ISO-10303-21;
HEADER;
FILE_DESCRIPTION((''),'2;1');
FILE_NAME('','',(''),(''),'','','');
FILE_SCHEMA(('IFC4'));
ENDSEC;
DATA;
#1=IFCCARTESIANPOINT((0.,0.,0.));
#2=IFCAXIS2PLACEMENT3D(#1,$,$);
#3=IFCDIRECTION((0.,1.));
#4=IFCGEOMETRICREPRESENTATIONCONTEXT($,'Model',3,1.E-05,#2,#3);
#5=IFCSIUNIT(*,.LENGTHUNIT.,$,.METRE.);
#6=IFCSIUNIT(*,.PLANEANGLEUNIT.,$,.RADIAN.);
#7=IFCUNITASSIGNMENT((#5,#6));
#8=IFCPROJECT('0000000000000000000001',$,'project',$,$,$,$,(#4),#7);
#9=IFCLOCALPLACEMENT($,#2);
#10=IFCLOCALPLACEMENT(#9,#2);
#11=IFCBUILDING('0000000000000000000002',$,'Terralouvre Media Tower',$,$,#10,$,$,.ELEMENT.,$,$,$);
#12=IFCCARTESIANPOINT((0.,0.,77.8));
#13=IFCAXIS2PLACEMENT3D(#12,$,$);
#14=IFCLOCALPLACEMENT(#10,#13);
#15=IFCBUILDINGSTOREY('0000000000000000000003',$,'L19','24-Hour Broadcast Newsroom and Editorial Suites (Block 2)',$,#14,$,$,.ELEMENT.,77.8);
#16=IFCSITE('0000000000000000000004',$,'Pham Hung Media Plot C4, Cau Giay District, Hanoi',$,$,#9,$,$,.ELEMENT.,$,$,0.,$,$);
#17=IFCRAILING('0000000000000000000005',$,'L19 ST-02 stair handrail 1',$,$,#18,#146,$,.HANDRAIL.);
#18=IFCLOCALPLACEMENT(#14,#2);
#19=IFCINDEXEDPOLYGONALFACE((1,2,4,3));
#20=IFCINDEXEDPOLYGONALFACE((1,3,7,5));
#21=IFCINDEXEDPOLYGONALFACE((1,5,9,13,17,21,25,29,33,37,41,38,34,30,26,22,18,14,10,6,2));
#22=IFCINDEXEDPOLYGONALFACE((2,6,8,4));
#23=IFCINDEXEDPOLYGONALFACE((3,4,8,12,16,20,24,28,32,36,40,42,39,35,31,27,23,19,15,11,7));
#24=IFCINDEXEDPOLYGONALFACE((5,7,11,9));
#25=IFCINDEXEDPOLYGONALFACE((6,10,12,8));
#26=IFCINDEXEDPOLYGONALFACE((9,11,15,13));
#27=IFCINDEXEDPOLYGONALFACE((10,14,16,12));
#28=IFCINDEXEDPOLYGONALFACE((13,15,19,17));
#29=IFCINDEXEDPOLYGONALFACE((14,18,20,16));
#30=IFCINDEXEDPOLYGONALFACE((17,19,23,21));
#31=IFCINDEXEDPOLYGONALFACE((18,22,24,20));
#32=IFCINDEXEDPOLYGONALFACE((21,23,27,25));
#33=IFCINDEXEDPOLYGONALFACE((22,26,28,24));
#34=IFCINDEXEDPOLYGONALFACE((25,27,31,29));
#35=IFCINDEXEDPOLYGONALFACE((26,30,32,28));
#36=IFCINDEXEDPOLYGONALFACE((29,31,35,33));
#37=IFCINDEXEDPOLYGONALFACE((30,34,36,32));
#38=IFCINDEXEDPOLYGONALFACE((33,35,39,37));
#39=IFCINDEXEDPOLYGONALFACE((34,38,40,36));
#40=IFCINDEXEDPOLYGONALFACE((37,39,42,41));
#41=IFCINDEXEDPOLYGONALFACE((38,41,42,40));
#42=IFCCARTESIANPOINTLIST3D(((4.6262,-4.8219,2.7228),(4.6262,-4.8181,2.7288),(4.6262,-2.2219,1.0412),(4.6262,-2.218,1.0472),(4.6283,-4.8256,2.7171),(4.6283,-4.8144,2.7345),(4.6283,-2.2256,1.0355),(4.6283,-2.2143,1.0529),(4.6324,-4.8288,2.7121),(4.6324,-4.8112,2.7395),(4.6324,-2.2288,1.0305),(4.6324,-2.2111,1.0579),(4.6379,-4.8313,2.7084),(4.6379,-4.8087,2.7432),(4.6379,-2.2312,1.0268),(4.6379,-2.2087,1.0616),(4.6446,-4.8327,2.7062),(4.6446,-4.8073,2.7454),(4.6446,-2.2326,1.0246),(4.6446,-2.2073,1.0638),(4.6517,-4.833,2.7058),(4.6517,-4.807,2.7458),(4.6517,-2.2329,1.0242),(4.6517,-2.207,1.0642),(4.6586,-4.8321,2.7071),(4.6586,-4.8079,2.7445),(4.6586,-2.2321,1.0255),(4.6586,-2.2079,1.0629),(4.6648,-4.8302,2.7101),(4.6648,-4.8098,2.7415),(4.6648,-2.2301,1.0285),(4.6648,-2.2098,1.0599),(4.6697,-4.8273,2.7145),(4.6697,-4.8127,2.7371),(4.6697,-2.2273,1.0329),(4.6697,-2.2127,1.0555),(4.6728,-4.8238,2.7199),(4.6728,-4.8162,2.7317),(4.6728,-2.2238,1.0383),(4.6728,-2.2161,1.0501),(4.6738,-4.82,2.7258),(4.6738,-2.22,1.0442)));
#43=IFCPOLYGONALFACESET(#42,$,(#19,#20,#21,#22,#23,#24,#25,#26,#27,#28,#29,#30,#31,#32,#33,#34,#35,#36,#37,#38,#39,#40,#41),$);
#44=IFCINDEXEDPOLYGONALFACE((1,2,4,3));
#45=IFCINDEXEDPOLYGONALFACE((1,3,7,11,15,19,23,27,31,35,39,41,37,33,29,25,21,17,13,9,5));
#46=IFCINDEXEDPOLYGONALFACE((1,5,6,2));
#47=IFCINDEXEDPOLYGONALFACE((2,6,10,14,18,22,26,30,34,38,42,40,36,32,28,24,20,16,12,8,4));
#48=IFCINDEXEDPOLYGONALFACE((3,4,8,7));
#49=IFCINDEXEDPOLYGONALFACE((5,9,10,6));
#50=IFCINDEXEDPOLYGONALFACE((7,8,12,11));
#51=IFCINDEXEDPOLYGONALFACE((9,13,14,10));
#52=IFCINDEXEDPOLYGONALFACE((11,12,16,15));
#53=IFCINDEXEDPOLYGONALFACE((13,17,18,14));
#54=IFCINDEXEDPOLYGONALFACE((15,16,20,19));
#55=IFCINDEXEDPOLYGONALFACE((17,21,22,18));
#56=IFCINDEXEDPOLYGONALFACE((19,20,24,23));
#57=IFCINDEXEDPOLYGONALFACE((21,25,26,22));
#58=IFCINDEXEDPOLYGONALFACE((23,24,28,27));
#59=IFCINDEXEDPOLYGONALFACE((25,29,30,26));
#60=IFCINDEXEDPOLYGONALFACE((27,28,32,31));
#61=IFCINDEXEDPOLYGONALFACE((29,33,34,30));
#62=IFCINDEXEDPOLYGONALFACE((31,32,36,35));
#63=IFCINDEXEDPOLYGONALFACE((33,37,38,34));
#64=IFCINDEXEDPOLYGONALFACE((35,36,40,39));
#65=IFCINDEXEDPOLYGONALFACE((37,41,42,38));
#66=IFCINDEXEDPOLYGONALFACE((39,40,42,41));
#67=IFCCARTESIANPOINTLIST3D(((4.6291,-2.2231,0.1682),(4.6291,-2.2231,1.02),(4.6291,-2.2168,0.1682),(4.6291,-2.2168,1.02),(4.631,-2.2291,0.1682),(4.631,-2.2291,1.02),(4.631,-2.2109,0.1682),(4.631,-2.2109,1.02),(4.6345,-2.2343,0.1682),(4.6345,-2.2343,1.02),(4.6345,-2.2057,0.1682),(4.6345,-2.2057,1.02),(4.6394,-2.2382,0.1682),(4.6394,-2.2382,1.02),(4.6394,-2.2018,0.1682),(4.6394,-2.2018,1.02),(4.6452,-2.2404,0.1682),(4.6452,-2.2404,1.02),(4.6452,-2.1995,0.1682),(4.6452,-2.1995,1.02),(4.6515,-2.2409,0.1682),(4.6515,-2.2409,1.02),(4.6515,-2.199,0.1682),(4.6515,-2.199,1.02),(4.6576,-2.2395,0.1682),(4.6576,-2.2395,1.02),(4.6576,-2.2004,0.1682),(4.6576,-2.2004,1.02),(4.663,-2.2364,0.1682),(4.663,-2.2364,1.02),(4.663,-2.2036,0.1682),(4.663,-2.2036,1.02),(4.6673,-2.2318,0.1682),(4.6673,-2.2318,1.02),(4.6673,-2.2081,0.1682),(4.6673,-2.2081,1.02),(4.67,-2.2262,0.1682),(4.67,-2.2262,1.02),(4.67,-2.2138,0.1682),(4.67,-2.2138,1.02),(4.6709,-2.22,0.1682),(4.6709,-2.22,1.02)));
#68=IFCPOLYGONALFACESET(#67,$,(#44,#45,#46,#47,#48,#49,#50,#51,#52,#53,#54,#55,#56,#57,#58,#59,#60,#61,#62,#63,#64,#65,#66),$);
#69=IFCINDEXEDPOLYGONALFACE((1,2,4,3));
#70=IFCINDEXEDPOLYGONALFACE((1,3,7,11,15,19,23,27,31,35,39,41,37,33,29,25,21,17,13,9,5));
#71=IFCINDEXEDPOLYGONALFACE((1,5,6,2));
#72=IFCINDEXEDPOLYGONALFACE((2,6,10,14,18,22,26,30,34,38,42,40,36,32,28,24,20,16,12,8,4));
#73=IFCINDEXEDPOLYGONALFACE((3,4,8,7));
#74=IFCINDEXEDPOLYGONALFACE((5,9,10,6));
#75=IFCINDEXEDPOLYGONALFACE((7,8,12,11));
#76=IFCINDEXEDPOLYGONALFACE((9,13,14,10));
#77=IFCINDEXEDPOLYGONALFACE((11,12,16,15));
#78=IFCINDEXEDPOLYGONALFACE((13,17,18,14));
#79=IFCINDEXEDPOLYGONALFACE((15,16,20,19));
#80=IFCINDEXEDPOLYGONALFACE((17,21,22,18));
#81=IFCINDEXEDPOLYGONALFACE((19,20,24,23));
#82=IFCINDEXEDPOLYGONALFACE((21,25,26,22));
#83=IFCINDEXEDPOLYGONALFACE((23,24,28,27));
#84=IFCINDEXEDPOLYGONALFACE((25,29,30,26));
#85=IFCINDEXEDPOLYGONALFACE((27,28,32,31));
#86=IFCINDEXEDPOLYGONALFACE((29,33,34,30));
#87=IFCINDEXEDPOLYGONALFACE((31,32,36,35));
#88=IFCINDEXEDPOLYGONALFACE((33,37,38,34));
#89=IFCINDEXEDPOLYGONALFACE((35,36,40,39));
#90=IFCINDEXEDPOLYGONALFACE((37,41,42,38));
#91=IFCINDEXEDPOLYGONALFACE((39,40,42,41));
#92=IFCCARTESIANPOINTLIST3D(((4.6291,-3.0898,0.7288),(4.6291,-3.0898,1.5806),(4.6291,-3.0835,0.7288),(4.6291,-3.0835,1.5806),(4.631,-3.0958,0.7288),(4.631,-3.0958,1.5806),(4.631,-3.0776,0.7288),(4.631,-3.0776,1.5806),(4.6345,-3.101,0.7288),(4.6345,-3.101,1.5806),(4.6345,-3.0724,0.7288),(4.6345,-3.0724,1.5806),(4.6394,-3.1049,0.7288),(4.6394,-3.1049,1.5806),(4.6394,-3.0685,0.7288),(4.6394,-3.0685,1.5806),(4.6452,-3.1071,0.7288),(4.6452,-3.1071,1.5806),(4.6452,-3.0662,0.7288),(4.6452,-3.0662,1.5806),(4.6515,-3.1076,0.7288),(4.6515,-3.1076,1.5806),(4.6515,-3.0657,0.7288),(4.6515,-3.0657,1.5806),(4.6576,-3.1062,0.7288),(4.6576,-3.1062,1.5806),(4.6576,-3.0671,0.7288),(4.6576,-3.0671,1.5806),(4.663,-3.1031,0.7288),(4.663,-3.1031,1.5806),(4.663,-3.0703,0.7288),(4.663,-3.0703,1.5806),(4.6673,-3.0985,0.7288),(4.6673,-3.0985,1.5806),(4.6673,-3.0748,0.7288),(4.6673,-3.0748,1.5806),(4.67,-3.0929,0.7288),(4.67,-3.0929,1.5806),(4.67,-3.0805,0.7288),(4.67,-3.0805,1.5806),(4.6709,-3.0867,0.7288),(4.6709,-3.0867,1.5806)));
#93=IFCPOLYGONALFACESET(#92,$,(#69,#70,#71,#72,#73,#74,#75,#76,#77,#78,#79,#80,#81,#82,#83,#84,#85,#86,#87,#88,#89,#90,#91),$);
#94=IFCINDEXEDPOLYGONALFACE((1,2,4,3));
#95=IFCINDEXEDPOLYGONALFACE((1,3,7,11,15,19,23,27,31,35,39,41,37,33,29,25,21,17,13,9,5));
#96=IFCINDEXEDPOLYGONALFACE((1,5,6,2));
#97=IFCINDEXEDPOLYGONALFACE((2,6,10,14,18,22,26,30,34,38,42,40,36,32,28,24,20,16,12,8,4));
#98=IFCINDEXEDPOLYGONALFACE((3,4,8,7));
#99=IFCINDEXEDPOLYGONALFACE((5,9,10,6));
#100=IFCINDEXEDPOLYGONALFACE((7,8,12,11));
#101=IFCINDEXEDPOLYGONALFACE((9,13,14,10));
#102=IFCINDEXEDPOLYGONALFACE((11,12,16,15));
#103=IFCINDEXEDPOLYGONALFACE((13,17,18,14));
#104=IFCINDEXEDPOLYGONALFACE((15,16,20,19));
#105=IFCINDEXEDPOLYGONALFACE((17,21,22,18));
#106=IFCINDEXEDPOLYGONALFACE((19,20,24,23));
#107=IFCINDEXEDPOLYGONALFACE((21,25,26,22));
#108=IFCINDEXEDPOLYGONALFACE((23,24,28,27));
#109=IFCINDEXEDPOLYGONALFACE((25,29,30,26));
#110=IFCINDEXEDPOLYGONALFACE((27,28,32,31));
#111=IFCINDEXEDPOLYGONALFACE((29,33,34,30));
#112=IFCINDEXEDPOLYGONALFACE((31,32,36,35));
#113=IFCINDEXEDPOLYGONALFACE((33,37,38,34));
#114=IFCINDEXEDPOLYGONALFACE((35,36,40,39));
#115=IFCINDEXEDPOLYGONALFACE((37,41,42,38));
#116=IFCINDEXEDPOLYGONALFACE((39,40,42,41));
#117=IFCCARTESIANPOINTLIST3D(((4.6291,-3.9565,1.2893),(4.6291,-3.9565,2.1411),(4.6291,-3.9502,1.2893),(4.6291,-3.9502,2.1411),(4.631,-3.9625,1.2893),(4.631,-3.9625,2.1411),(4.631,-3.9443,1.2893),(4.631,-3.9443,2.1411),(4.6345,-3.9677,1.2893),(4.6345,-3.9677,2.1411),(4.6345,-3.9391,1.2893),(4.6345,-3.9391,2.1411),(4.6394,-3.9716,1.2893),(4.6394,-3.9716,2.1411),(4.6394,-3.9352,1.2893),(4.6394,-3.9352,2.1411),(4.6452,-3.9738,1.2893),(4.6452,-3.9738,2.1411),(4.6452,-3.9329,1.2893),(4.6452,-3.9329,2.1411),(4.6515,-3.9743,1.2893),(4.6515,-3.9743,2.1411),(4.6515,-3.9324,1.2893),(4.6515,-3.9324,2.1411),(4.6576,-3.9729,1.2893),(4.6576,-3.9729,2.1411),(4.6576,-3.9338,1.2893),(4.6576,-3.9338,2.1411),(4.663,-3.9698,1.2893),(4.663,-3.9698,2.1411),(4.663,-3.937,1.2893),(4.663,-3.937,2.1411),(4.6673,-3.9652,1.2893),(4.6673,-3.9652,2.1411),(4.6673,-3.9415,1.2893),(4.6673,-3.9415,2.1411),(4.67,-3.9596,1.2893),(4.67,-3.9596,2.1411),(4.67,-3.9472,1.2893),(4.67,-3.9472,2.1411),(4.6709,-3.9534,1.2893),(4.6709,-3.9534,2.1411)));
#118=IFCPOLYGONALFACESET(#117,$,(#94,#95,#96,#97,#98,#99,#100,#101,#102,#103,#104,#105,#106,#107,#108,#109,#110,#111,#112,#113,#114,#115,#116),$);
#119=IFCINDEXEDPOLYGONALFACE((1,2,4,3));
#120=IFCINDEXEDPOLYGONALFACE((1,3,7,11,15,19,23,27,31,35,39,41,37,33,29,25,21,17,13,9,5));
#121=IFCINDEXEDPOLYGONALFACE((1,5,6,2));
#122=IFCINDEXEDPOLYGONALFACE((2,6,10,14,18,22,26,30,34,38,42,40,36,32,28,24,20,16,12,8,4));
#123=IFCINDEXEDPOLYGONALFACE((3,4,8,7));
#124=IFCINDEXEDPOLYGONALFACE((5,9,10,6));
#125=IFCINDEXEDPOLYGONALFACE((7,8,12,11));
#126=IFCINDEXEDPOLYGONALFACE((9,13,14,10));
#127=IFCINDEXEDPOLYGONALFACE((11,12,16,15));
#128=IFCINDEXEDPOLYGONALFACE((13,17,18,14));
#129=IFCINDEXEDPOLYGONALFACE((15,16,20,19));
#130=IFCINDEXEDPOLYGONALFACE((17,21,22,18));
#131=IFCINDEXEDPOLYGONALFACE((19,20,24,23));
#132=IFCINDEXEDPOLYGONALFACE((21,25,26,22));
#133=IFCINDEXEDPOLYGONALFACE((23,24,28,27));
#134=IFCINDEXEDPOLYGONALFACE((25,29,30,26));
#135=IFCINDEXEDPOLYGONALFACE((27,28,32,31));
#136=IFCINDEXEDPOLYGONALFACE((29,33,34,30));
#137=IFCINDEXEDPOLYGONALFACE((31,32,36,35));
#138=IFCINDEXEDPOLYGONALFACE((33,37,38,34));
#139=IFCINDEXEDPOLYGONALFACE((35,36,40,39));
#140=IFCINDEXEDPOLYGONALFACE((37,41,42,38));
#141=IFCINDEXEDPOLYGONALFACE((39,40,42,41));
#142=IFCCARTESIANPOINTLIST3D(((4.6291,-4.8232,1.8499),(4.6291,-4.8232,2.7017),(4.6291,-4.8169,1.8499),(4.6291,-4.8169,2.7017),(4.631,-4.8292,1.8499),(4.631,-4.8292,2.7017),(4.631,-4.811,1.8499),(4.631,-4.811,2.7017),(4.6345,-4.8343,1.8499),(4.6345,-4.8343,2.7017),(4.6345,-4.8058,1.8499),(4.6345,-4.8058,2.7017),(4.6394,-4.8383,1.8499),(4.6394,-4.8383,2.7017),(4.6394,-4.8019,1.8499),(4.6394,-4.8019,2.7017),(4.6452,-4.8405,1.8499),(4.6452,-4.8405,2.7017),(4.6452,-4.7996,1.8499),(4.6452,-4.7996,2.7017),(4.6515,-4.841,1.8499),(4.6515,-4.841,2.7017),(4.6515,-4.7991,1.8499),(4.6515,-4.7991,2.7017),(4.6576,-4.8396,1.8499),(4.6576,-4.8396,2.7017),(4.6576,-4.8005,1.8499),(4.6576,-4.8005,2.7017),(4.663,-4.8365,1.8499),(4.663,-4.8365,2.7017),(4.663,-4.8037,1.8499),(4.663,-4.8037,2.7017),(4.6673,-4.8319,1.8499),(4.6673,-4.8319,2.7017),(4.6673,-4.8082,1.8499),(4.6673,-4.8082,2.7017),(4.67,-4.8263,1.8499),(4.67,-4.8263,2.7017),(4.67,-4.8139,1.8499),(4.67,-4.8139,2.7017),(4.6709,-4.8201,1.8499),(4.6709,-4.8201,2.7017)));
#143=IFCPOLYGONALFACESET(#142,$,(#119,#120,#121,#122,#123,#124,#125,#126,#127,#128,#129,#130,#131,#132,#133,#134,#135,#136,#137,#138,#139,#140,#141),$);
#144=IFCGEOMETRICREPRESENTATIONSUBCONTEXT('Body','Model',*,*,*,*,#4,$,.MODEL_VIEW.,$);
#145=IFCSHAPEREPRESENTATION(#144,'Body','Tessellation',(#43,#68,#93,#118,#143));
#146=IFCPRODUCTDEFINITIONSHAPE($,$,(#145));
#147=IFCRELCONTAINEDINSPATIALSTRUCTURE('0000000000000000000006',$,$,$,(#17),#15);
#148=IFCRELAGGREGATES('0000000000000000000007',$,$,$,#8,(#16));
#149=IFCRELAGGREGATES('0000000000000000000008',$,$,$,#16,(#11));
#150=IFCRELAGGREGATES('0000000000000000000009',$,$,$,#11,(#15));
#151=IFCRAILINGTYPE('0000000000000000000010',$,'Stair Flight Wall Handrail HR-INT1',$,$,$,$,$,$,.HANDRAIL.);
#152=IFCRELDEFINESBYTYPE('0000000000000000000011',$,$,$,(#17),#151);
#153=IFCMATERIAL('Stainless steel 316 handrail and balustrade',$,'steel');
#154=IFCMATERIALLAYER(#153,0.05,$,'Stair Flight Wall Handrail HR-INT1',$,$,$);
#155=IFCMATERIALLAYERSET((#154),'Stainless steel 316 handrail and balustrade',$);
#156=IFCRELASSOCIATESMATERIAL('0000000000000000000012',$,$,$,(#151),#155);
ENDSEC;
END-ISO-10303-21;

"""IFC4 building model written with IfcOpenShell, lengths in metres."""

from ifc_helpers import new_model, si_unit, direction, frame, origin, origin_2d, place, context, subcontext, project, spatial, circle, extrude, material, layer, layer_set, type_object, element, save


model = new_model("IFC4")

# Units and contexts
model_context = context("Model", 3, precision=1e-05, world=origin(), true_north=direction((0.0, 1.0)))
body_context = subcontext(model_context, "Body", "Model", "MODEL_VIEW")
ifc_project = project(units=[si_unit("LENGTHUNIT", "METRE"), si_unit("PLANEANGLEUNIT", "RADIAN")], contexts=[model_context])

# Site, building, storey
site_placement = place(None, origin())
site = spatial("IfcSite", under=ifc_project, at=site_placement, Name="Pham Hung Media Plot C4, Cau Giay District, Hanoi", CompositionType="ELEMENT", RefElevation=0.0)
building_placement = place(site_placement, origin())
building = spatial("IfcBuilding", under=site, at=building_placement, Name="Terralouvre Media Tower", CompositionType="ELEMENT")
storey_placement = place(building_placement, frame((0.0, 0.0, 77.8)))
storey = spatial("IfcBuildingStorey", under=building, at=storey_placement, Name="L19", Description="24-Hour Broadcast Newsroom and Editorial Suites (Block 2)", CompositionType="ELEMENT", Elevation=77.8)

# Railing
ifc_material_1 = material(Name="Stainless steel 316 handrail and balustrade", Category="steel")
ifc_layer_1 = layer(ifc_material_1, 0.05, Name="Stair Flight Wall Handrail HR-INT1")
ifc_layer_set_1 = layer_set([ifc_layer_1], Name="Stainless steel 316 handrail and balustrade")
railing_type_1 = type_object("IfcRailingType", Name="Stair Flight Wall Handrail HR-INT1", PredefinedType="HANDRAIL", material=ifc_layer_set_1)
railing_1_placement = place(storey_placement, frame((4.6499, -2.22, 0.1682)))
element("IfcRailing", 1, at=railing_1_placement, inside=storey, type_object=railing_type_1, Name="L19 ST-02 stair handrail 1", PredefinedType="HANDRAIL", context=body_context, shape_type="SweptSolid", body=[
    extrude(circle(Radius=0.0239, at=origin_2d()), frame((0.0, 0.0, 0.876), z_axis=(0.0, -0.839684, 0.543075), x_axis=(1.0, 0.0, 0.0)), (0.0, 0.0, 1.0), 3.0964),
    extrude(circle(Radius=0.021, at=origin_2d()), origin(), (0.0, 0.0, 1.0), 0.8518),
    extrude(circle(Radius=0.021, at=origin_2d()), frame((0.0, -0.8667, 0.5605)), (0.0, 0.0, 1.0), 0.8518),
    extrude(circle(Radius=0.021, at=origin_2d()), frame((0.0, -1.7334, 1.1211)), (0.0, 0.0, 1.0), 0.8518),
    extrude(circle(Radius=0.021, at=origin_2d()), frame((0.0, -2.6001, 1.6816)), (0.0, 0.0, 1.0), 0.8518),
])

save(model, "model.ifc")
